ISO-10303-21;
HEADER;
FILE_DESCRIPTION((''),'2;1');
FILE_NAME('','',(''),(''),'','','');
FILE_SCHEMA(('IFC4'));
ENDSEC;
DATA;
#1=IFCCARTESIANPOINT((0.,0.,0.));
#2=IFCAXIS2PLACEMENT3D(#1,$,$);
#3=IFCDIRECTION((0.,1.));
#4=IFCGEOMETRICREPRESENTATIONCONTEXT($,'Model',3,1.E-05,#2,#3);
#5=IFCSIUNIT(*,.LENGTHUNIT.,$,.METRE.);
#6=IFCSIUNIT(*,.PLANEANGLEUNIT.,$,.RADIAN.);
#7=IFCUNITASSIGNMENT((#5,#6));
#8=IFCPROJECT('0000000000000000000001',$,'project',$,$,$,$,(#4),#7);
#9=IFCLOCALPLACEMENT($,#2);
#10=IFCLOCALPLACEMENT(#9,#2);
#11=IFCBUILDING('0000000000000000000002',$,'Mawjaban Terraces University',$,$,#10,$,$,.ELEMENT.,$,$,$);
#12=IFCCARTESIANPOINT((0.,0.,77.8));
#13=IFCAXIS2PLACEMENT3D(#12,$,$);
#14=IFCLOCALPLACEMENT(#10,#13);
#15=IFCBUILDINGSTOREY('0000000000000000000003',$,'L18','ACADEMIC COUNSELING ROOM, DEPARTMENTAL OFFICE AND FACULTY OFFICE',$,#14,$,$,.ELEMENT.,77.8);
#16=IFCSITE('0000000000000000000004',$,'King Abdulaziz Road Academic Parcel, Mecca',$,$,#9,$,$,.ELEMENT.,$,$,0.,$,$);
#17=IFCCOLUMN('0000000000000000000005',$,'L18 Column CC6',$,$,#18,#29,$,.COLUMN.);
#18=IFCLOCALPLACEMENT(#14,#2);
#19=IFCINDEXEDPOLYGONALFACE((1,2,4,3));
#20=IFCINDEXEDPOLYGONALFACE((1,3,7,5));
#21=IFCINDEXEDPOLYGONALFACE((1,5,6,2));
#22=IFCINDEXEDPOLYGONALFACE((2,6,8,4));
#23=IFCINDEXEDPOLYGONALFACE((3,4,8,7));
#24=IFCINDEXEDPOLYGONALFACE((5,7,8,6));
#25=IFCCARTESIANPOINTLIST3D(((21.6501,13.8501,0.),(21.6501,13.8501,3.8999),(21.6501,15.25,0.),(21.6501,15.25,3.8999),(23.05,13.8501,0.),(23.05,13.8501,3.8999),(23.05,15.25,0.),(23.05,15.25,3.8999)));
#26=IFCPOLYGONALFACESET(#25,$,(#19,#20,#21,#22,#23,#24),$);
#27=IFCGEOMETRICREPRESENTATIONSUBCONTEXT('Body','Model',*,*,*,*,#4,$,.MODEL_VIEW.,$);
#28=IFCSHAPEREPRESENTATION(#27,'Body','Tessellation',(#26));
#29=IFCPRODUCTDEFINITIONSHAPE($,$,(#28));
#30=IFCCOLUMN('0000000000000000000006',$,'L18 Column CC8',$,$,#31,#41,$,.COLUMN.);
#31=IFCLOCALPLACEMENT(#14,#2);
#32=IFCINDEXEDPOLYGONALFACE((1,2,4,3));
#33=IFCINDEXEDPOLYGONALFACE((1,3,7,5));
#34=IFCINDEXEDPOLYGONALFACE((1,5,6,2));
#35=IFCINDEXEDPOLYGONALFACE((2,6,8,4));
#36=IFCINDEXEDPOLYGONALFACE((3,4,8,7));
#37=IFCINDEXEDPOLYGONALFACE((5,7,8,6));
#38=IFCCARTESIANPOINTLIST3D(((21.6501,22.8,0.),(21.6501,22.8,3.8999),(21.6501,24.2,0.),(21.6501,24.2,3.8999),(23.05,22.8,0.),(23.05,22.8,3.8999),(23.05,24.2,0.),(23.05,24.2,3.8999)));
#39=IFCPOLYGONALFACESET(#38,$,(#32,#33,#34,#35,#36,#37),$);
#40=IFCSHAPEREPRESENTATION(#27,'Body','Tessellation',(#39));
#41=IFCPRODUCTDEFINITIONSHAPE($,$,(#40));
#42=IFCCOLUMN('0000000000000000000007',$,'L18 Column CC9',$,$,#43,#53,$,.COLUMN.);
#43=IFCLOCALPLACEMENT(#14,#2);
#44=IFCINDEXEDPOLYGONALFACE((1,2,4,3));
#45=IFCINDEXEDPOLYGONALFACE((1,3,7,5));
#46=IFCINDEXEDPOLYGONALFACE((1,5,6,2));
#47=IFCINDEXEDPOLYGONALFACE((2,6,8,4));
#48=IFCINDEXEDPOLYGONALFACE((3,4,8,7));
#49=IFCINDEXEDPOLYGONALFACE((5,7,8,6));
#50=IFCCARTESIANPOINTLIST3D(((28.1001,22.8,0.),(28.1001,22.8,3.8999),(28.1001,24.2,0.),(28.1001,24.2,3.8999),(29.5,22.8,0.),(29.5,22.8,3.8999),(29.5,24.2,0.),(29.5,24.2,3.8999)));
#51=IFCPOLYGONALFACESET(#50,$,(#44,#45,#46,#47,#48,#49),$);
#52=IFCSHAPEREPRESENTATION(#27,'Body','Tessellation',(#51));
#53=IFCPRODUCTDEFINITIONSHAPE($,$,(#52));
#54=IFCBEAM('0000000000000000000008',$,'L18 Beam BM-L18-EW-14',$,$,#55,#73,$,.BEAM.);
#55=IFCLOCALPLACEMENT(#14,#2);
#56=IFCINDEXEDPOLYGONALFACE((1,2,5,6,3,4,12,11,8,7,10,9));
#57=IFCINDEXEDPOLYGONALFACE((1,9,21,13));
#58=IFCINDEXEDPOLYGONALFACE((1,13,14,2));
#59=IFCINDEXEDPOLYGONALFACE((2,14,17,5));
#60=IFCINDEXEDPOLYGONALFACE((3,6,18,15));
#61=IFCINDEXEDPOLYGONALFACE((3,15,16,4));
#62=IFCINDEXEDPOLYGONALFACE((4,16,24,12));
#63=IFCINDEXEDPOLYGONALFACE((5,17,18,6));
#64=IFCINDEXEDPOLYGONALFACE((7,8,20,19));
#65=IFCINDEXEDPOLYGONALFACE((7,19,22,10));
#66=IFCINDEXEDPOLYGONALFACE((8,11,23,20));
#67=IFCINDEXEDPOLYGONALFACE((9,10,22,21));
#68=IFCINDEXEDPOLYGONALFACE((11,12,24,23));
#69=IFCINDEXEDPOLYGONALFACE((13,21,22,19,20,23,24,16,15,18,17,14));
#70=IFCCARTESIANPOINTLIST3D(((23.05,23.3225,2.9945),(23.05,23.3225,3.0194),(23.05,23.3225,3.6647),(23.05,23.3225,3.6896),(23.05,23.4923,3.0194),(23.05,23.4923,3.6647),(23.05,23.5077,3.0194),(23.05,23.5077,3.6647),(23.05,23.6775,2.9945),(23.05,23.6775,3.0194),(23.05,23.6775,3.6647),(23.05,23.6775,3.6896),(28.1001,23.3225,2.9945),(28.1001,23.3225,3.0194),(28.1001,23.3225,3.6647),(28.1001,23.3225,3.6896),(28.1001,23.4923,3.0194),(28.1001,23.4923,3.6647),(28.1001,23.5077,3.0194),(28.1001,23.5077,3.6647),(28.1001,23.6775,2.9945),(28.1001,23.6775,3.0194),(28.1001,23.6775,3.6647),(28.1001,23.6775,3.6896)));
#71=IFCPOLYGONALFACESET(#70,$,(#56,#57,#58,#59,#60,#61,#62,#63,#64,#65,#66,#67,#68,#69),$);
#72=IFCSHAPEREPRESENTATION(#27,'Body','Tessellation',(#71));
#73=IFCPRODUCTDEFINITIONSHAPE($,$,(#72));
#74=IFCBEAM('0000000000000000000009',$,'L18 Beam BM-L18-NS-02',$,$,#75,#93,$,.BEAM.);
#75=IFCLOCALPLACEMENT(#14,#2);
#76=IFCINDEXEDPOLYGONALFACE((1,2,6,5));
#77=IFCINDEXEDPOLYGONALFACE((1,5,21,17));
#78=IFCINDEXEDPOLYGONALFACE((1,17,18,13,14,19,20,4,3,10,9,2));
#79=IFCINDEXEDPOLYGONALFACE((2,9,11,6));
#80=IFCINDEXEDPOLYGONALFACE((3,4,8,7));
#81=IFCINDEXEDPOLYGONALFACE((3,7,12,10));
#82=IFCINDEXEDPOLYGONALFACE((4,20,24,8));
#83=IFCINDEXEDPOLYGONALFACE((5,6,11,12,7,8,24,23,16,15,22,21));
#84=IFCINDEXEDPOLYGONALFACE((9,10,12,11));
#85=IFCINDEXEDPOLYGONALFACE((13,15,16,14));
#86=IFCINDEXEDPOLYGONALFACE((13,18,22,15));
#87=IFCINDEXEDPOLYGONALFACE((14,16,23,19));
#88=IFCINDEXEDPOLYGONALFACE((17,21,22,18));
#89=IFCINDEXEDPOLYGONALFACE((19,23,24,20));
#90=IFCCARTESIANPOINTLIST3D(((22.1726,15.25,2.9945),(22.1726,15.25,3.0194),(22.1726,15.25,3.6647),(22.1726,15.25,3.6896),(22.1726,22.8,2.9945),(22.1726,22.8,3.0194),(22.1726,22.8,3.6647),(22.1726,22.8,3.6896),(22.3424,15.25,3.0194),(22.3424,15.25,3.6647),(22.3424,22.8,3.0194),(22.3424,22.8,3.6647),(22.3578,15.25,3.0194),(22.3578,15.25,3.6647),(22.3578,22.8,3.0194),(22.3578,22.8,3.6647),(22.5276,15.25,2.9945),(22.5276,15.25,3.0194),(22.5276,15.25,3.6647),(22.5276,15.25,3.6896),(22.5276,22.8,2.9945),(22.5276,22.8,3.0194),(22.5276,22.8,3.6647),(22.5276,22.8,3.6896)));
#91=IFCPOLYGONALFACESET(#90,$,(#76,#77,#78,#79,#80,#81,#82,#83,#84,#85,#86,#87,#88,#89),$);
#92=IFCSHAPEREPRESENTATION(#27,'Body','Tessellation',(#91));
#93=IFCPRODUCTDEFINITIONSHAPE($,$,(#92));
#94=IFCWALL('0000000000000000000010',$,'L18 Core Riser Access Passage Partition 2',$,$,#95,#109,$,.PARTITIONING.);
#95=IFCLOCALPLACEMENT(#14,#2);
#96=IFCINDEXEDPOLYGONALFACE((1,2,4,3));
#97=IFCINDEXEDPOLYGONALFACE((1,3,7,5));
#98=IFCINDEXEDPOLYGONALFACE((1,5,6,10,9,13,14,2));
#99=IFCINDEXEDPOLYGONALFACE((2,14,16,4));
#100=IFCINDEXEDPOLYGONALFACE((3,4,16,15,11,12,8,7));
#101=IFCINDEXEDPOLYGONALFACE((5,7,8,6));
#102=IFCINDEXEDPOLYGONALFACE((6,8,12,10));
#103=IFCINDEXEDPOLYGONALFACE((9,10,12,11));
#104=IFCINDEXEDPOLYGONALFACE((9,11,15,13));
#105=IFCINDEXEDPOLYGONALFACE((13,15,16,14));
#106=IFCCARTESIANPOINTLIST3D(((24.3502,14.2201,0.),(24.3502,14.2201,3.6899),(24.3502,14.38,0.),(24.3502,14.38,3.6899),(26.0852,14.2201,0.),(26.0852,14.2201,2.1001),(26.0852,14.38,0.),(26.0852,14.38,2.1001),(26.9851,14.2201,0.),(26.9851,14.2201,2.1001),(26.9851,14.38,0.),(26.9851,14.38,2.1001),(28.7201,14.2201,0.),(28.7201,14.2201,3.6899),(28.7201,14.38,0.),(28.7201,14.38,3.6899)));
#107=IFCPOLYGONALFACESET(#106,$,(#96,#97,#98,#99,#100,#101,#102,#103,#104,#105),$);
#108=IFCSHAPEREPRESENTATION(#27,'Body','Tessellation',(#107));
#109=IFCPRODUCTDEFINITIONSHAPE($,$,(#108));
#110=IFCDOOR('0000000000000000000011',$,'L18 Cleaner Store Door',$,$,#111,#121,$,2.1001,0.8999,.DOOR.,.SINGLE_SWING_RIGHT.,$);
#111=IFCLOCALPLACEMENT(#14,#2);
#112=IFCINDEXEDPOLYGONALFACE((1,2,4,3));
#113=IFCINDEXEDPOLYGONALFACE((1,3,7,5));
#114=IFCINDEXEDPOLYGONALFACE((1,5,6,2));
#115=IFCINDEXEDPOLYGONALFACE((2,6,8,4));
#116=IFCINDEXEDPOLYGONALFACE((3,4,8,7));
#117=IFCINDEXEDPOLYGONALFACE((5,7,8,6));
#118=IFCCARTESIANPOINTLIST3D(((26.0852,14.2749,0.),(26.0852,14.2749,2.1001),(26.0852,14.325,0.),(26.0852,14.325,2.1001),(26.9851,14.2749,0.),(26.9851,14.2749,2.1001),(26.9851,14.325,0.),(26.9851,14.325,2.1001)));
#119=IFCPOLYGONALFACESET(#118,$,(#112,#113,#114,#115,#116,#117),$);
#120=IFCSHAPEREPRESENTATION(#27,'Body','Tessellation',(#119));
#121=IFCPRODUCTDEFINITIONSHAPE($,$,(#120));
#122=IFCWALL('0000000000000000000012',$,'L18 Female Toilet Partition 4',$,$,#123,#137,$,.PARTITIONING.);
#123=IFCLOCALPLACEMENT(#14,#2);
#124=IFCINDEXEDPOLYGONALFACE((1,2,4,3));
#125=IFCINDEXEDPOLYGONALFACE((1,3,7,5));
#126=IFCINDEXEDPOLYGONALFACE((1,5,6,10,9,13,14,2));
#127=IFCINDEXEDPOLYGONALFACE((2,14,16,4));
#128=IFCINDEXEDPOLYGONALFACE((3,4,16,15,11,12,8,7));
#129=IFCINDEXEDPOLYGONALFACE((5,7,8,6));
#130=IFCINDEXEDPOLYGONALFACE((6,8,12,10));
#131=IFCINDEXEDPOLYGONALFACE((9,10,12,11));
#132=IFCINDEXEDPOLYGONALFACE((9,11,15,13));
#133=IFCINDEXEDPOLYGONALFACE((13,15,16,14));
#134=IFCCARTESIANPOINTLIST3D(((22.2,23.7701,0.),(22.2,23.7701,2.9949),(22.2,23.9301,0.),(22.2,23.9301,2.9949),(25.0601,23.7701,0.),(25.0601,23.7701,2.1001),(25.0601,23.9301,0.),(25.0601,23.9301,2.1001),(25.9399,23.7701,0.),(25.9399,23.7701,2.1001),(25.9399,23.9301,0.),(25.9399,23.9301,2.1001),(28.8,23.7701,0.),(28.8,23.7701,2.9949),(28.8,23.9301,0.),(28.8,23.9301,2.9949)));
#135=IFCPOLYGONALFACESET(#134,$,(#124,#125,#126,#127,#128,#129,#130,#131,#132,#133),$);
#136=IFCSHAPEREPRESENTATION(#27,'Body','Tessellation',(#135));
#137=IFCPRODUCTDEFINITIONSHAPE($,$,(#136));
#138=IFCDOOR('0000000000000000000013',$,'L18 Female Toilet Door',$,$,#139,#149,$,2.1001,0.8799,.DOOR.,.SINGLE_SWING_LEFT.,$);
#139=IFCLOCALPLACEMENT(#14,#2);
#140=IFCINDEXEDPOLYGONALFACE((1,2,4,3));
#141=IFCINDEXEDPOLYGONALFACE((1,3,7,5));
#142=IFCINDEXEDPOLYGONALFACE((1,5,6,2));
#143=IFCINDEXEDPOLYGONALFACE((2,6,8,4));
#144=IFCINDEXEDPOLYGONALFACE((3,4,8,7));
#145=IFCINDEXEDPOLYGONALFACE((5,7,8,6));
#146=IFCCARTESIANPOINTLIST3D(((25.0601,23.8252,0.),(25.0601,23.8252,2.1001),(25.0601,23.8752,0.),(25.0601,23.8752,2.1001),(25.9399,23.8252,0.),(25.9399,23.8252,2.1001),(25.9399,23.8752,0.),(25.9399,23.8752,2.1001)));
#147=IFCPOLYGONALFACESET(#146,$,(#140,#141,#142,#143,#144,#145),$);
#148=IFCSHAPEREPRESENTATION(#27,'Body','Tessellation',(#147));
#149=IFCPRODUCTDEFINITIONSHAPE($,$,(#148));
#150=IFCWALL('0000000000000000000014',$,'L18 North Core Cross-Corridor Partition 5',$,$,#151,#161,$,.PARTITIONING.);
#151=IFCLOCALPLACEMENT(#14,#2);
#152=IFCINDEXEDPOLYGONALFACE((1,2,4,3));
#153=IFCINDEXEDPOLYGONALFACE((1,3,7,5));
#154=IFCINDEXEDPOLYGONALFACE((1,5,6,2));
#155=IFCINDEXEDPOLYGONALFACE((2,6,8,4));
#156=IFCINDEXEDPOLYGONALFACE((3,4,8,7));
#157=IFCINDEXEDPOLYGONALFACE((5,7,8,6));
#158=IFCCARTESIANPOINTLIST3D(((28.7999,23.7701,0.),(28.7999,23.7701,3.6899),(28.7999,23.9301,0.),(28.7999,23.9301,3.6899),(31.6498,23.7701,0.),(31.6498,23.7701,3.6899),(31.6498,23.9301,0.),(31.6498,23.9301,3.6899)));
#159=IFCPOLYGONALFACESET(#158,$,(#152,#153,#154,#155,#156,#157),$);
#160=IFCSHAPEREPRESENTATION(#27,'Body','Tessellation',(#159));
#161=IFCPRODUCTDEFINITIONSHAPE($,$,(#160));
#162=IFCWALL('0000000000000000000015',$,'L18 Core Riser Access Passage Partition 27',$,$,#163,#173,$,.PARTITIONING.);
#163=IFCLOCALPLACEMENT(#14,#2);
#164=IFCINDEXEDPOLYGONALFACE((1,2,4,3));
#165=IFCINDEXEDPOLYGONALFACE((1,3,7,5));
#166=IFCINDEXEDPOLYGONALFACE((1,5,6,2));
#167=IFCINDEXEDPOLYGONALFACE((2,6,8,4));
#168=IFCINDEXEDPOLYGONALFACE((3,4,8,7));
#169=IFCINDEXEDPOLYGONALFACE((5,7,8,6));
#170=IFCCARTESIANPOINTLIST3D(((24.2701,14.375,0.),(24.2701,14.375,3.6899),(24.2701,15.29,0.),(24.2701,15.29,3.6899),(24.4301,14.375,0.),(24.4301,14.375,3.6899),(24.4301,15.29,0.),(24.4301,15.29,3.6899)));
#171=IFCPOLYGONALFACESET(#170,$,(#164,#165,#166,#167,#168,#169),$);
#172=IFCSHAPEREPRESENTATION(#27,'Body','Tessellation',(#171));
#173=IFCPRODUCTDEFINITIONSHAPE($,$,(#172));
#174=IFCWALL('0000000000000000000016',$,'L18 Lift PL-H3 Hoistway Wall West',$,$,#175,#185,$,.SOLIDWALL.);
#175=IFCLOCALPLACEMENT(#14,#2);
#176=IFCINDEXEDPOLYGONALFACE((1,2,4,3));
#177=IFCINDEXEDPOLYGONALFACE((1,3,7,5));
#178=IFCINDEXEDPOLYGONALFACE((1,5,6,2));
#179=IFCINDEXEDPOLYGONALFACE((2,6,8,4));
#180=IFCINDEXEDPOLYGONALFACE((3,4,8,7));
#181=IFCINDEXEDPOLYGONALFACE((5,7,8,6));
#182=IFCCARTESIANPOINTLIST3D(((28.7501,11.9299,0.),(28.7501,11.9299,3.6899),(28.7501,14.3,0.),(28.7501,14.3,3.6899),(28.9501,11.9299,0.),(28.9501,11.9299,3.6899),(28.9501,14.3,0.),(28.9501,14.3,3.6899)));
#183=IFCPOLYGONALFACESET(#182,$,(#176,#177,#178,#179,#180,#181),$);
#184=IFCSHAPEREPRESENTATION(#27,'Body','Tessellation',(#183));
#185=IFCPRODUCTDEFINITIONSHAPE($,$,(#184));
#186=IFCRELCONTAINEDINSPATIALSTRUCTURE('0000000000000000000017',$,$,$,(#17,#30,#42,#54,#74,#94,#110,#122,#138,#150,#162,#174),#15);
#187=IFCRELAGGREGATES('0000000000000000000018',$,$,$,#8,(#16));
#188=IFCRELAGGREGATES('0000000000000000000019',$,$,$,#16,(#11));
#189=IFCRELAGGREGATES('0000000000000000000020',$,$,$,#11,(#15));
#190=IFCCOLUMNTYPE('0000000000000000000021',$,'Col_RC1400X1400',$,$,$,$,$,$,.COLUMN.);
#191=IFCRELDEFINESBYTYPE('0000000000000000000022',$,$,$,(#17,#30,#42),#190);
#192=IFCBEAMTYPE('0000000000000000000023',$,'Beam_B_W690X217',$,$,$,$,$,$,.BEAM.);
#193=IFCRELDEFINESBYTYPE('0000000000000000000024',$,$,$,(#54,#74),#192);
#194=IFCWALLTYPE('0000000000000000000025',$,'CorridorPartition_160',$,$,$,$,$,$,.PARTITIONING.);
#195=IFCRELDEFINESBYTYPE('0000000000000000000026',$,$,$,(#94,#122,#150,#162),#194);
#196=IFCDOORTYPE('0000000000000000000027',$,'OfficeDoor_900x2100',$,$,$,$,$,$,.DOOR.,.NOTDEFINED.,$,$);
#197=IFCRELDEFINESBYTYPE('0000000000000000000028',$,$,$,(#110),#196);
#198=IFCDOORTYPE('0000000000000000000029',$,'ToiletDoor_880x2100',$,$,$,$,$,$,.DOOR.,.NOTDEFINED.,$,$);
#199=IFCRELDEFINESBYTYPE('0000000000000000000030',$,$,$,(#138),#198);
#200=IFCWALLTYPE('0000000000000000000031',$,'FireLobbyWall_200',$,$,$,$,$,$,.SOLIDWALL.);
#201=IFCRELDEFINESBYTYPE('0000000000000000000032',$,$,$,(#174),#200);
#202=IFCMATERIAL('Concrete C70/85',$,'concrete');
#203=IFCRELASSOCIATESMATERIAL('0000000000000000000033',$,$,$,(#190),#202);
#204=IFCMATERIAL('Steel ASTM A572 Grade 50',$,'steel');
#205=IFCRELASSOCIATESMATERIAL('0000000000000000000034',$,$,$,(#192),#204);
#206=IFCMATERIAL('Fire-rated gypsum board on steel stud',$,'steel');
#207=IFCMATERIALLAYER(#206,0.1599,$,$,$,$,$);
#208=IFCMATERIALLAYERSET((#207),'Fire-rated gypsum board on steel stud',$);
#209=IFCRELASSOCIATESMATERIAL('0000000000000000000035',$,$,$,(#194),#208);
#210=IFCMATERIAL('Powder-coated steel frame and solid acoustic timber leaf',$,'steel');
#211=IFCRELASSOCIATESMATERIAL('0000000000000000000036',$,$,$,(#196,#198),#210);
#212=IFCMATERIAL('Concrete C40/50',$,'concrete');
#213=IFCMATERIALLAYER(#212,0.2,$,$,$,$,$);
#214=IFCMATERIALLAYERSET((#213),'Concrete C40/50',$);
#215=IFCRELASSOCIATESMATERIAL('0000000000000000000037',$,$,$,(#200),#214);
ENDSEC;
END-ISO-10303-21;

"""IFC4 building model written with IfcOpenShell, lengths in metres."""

from ifc_helpers import new_model, si_unit, direction, frame, frame_2d, origin, origin_2d, place, context, subcontext, project, spatial, rectangle, i_section, extrude, material, layer, layer_set, material_profile, profile_set, type_object, element, fill, save


model = new_model("IFC4")

# Units and contexts
model_context = context("Model", 3, precision=1e-05, world=origin(), true_north=direction((0.0, 1.0)))
body_context = subcontext(model_context, "Body", "Model", "MODEL_VIEW")
ifc_project = project(units=[si_unit("LENGTHUNIT", "METRE"), si_unit("PLANEANGLEUNIT", "RADIAN")], contexts=[model_context])

# Site, building, storey
site_placement = place(None, origin())
site = spatial("IfcSite", under=ifc_project, at=site_placement, Name="King Abdulaziz Road Academic Parcel, Mecca", CompositionType="ELEMENT", RefElevation=0.0)
building_placement = place(site_placement, origin())
building = spatial("IfcBuilding", under=site, at=building_placement, Name="Mawjaban Terraces University", CompositionType="ELEMENT")
storey_placement = place(building_placement, frame((0.0, 0.0, 77.8)))
storey = spatial("IfcBuildingStorey", under=building, at=storey_placement, Name="L18", Description="ACADEMIC COUNSELING ROOM, DEPARTMENTAL OFFICE AND FACULTY OFFICE", CompositionType="ELEMENT", Elevation=77.8)

# Columns
ifc_material_1 = material(Name="Concrete C70/85", Category="concrete")
ifc_material_profile_1 = material_profile(ifc_material_1, rectangle(XDim=1.3999, YDim=1.3999, at=origin_2d()), Name="RC1400X1400")
ifc_profile_set_1 = profile_set([ifc_material_profile_1], Name="Concrete C70/85")
column_type = type_object("IfcColumnType", Name="Col_RC1400X1400", PredefinedType="COLUMN", material=ifc_profile_set_1)
for number, where, z_axis, x_axis, name in (
    (1, (22.3501, 14.55, 0.0), (0.0, 0.0, 1.0), (1.0, 0.0, 0.0), "L18 Column CC6"),
    (2, (22.3501, 23.5, 0.0), (0.0, 0.0, 1.0), (1.0, 0.0, 0.0), "L18 Column CC8"),
    (3, (28.8, 23.5, 0.0), (0.0, 0.0, 1.0), (1.0, 0.0, 0.0), "L18 Column CC9"),
):
    element("IfcColumn", number, at=place(storey_placement, frame(where, z_axis=z_axis, x_axis=x_axis)), inside=storey, type_object=column_type, Name=name, PredefinedType="COLUMN", context=body_context, shape_type="SweptSolid", body=[
        extrude(rectangle(XDim=1.3999, YDim=1.3999, at=origin_2d()), origin(), (0.0, 0.0, 1.0), 3.8999),
    ])

# Beams
ifc_material_2 = material(Name="Steel ASTM A572 Grade 50", Category="steel")
ifc_material_profile_2 = material_profile(ifc_material_2, i_section(OverallWidth=0.355, OverallDepth=0.6951, WebThickness=0.0154, FlangeThickness=0.0249, at=origin_2d()), Name="W690X217")
ifc_profile_set_2 = profile_set([ifc_material_profile_2], Name="Steel ASTM A572 Grade 50")
beam_type = type_object("IfcBeamType", Name="Beam_B_W690X217", PredefinedType="BEAM", material=ifc_profile_set_2)
beam_1_placement = place(storey_placement, frame((23.05, 23.5, 3.342), z_axis=(1.0, 0.0, 0.0), x_axis=(0.0, 1.0, 0.0)))
element("IfcBeam", 4, at=beam_1_placement, inside=storey, type_object=beam_type, Name="L18 Beam BM-L18-EW-14", PredefinedType="BEAM", context=body_context, shape_type="SweptSolid", body=[
    extrude(i_section(OverallWidth=0.355, OverallDepth=0.6951, WebThickness=0.0154, FlangeThickness=0.0249, at=origin_2d()), origin(), (0.0, 0.0, 1.0), 5.05),
])
beam_2_placement = place(storey_placement, frame((22.3501, 15.25, 3.342), z_axis=(0.0, 1.0, 0.0), x_axis=(-1.0, 0.0, 0.0)))
element("IfcBeam", 5, at=beam_2_placement, inside=storey, type_object=beam_type, Name="L18 Beam BM-L18-NS-02", PredefinedType="BEAM", context=body_context, shape_type="SweptSolid", body=[
    extrude(i_section(OverallWidth=0.355, OverallDepth=0.6951, WebThickness=0.0154, FlangeThickness=0.0249, at=origin_2d()), origin(), (0.0, 0.0, 1.0), 7.55),
])

# Walls, openings, doors
ifc_material_3 = material(Name="Fire-rated gypsum board on steel stud", Category="steel")
ifc_layer_1 = layer(ifc_material_3, 0.1599)
ifc_layer_set_1 = layer_set([ifc_layer_1], Name="Fire-rated gypsum board on steel stud")
wall_type_1 = type_object("IfcWallType", Name="CorridorPartition_160", PredefinedType="PARTITIONING", material=ifc_layer_set_1)
wall_1_placement = place(storey_placement, frame((24.3501, 14.3, 0.0), z_axis=(0.0, 0.0, 1.0), x_axis=(1.0, 0.0, 0.0)))
wall_1 = element("IfcWall", 6, at=wall_1_placement, inside=storey, type_object=wall_type_1, Name="L18 Core Riser Access Passage Partition 2", PredefinedType="PARTITIONING", context=body_context, shape_type="SweptSolid", body=[
    extrude(rectangle(XDim=4.3699, YDim=0.1599, at=frame_2d((2.1851, 0.0))), origin(), (0.0, 0.0, 1.0), 3.6899),
])
opening_1_placement = place(wall_1_placement, frame((1.7351, 0.0, 0.0)))
opening_1 = element("IfcOpeningElement", 7, at=opening_1_placement, cuts=wall_1, PredefinedType="OPENING", context=body_context, shape_type="SweptSolid", body=[
    extrude(rectangle(XDim=0.8999, YDim=2.1001, at=frame_2d((0.45, 1.05))), frame((0.0, 0.0898, 0.0), z_axis=(0.0, -1.0, 0.0), x_axis=(1.0, 0.0, 0.0)), (0.0, 0.0, 1.0), 0.1799),
])
ifc_material_4 = material(Name="Powder-coated steel frame and solid acoustic timber leaf", Category="steel")
door_type_1 = type_object("IfcDoorType", Name="OfficeDoor_900x2100", OperationType="NOTDEFINED", PredefinedType="DOOR", material=ifc_material_4)
door_1_placement = place(opening_1_placement, origin())
door_1 = element("IfcDoor", 8, at=door_1_placement, inside=storey, type_object=door_type_1, Name="L18 Cleaner Store Door", OperationType="SINGLE_SWING_RIGHT", OverallHeight=2.1001, OverallWidth=0.8999, PredefinedType="DOOR", context=body_context, shape_type="SweptSolid", body=[
    extrude(rectangle(XDim=0.8999, YDim=2.1001, at=frame_2d((0.45, 1.05))), frame((0.0, 0.0249, 0.0), z_axis=(0.0, -1.0, 0.0), x_axis=(1.0, 0.0, 0.0)), (0.0, 0.0, 1.0), 0.05),
])
fill(opening_1, door_1)
wall_2_placement = place(storey_placement, frame((28.8, 23.8501, 0.0), z_axis=(0.0, 0.0, 1.0), x_axis=(-1.0, 0.0, 0.0)))
wall_2 = element("IfcWall", 9, at=wall_2_placement, inside=storey, type_object=wall_type_1, Name="L18 Female Toilet Partition 4", PredefinedType="PARTITIONING", context=body_context, shape_type="SweptSolid", body=[
    extrude(rectangle(XDim=6.6001, YDim=0.1599, at=frame_2d((3.3, 0.0))), origin(), (0.0, 0.0, 1.0), 2.9949),
])
opening_2_placement = place(wall_2_placement, frame((2.8601, 0.0, 0.0)))
opening_2 = element("IfcOpeningElement", 10, at=opening_2_placement, cuts=wall_2, PredefinedType="OPENING", context=body_context, shape_type="SweptSolid", body=[
    extrude(rectangle(XDim=0.8799, YDim=2.1001, at=frame_2d((0.4399, 1.05))), frame((0.0, 0.0898, 0.0), z_axis=(0.0, -1.0, 0.0), x_axis=(1.0, 0.0, 0.0)), (0.0, 0.0, 1.0), 0.1799),
])
door_type_2 = type_object("IfcDoorType", Name="ToiletDoor_880x2100", OperationType="NOTDEFINED", PredefinedType="DOOR", material=ifc_material_4)
door_2_placement = place(opening_2_placement, origin())
door_2 = element("IfcDoor", 11, at=door_2_placement, inside=storey, type_object=door_type_2, Name="L18 Female Toilet Door", OperationType="SINGLE_SWING_LEFT", OverallHeight=2.1001, OverallWidth=0.8799, PredefinedType="DOOR", context=body_context, shape_type="SweptSolid", body=[
    extrude(rectangle(XDim=0.8799, YDim=2.1001, at=frame_2d((0.4399, 1.05))), frame((0.0, 0.0249, 0.0), z_axis=(0.0, -1.0, 0.0), x_axis=(1.0, 0.0, 0.0)), (0.0, 0.0, 1.0), 0.05),
])
fill(opening_2, door_2)

# Walls
wall_3_placement = place(storey_placement, frame((28.8, 23.8501, 0.0), z_axis=(0.0, 0.0, 1.0), x_axis=(1.0, 0.0, 0.0)))
element("IfcWall", 12, at=wall_3_placement, inside=storey, type_object=wall_type_1, Name="L18 North Core Cross-Corridor Partition 5", PredefinedType="PARTITIONING", context=body_context, shape_type="SweptSolid", body=[
    extrude(rectangle(XDim=2.8499, YDim=0.1599, at=frame_2d((1.4248, 0.0))), origin(), (0.0, 0.0, 1.0), 3.6899),
])
wall_4_placement = place(storey_placement, frame((24.3501, 15.29, 0.0), z_axis=(0.0, 0.0, 1.0), x_axis=(0.0, -1.0, 0.0)))
element("IfcWall", 13, at=wall_4_placement, inside=storey, type_object=wall_type_1, Name="L18 Core Riser Access Passage Partition 27", PredefinedType="PARTITIONING", context=body_context, shape_type="SweptSolid", body=[
    extrude(rectangle(XDim=0.915, YDim=0.1599, at=frame_2d((0.4575, 0.0))), origin(), (0.0, 0.0, 1.0), 3.6899),
])
ifc_material_5 = material(Name="Concrete C40/50", Category="concrete")
ifc_layer_2 = layer(ifc_material_5, 0.2)
ifc_layer_set_2 = layer_set([ifc_layer_2], Name="Concrete C40/50")
wall_type_2 = type_object("IfcWallType", Name="FireLobbyWall_200", PredefinedType="SOLIDWALL", material=ifc_layer_set_2)
wall_5_placement = place(storey_placement, frame((28.8501, 14.3, 0.0), z_axis=(0.0, 0.0, 1.0), x_axis=(0.0, -1.0, 0.0)))
element("IfcWall", 14, at=wall_5_placement, inside=storey, type_object=wall_type_2, Name="L18 Lift PL-H3 Hoistway Wall West", PredefinedType="SOLIDWALL", context=body_context, shape_type="SweptSolid", body=[
    extrude(rectangle(XDim=2.3701, YDim=0.2, at=frame_2d((1.1851, 0.0))), origin(), (0.0, 0.0, 1.0), 3.6899),
])

save(model, "model.ifc")
